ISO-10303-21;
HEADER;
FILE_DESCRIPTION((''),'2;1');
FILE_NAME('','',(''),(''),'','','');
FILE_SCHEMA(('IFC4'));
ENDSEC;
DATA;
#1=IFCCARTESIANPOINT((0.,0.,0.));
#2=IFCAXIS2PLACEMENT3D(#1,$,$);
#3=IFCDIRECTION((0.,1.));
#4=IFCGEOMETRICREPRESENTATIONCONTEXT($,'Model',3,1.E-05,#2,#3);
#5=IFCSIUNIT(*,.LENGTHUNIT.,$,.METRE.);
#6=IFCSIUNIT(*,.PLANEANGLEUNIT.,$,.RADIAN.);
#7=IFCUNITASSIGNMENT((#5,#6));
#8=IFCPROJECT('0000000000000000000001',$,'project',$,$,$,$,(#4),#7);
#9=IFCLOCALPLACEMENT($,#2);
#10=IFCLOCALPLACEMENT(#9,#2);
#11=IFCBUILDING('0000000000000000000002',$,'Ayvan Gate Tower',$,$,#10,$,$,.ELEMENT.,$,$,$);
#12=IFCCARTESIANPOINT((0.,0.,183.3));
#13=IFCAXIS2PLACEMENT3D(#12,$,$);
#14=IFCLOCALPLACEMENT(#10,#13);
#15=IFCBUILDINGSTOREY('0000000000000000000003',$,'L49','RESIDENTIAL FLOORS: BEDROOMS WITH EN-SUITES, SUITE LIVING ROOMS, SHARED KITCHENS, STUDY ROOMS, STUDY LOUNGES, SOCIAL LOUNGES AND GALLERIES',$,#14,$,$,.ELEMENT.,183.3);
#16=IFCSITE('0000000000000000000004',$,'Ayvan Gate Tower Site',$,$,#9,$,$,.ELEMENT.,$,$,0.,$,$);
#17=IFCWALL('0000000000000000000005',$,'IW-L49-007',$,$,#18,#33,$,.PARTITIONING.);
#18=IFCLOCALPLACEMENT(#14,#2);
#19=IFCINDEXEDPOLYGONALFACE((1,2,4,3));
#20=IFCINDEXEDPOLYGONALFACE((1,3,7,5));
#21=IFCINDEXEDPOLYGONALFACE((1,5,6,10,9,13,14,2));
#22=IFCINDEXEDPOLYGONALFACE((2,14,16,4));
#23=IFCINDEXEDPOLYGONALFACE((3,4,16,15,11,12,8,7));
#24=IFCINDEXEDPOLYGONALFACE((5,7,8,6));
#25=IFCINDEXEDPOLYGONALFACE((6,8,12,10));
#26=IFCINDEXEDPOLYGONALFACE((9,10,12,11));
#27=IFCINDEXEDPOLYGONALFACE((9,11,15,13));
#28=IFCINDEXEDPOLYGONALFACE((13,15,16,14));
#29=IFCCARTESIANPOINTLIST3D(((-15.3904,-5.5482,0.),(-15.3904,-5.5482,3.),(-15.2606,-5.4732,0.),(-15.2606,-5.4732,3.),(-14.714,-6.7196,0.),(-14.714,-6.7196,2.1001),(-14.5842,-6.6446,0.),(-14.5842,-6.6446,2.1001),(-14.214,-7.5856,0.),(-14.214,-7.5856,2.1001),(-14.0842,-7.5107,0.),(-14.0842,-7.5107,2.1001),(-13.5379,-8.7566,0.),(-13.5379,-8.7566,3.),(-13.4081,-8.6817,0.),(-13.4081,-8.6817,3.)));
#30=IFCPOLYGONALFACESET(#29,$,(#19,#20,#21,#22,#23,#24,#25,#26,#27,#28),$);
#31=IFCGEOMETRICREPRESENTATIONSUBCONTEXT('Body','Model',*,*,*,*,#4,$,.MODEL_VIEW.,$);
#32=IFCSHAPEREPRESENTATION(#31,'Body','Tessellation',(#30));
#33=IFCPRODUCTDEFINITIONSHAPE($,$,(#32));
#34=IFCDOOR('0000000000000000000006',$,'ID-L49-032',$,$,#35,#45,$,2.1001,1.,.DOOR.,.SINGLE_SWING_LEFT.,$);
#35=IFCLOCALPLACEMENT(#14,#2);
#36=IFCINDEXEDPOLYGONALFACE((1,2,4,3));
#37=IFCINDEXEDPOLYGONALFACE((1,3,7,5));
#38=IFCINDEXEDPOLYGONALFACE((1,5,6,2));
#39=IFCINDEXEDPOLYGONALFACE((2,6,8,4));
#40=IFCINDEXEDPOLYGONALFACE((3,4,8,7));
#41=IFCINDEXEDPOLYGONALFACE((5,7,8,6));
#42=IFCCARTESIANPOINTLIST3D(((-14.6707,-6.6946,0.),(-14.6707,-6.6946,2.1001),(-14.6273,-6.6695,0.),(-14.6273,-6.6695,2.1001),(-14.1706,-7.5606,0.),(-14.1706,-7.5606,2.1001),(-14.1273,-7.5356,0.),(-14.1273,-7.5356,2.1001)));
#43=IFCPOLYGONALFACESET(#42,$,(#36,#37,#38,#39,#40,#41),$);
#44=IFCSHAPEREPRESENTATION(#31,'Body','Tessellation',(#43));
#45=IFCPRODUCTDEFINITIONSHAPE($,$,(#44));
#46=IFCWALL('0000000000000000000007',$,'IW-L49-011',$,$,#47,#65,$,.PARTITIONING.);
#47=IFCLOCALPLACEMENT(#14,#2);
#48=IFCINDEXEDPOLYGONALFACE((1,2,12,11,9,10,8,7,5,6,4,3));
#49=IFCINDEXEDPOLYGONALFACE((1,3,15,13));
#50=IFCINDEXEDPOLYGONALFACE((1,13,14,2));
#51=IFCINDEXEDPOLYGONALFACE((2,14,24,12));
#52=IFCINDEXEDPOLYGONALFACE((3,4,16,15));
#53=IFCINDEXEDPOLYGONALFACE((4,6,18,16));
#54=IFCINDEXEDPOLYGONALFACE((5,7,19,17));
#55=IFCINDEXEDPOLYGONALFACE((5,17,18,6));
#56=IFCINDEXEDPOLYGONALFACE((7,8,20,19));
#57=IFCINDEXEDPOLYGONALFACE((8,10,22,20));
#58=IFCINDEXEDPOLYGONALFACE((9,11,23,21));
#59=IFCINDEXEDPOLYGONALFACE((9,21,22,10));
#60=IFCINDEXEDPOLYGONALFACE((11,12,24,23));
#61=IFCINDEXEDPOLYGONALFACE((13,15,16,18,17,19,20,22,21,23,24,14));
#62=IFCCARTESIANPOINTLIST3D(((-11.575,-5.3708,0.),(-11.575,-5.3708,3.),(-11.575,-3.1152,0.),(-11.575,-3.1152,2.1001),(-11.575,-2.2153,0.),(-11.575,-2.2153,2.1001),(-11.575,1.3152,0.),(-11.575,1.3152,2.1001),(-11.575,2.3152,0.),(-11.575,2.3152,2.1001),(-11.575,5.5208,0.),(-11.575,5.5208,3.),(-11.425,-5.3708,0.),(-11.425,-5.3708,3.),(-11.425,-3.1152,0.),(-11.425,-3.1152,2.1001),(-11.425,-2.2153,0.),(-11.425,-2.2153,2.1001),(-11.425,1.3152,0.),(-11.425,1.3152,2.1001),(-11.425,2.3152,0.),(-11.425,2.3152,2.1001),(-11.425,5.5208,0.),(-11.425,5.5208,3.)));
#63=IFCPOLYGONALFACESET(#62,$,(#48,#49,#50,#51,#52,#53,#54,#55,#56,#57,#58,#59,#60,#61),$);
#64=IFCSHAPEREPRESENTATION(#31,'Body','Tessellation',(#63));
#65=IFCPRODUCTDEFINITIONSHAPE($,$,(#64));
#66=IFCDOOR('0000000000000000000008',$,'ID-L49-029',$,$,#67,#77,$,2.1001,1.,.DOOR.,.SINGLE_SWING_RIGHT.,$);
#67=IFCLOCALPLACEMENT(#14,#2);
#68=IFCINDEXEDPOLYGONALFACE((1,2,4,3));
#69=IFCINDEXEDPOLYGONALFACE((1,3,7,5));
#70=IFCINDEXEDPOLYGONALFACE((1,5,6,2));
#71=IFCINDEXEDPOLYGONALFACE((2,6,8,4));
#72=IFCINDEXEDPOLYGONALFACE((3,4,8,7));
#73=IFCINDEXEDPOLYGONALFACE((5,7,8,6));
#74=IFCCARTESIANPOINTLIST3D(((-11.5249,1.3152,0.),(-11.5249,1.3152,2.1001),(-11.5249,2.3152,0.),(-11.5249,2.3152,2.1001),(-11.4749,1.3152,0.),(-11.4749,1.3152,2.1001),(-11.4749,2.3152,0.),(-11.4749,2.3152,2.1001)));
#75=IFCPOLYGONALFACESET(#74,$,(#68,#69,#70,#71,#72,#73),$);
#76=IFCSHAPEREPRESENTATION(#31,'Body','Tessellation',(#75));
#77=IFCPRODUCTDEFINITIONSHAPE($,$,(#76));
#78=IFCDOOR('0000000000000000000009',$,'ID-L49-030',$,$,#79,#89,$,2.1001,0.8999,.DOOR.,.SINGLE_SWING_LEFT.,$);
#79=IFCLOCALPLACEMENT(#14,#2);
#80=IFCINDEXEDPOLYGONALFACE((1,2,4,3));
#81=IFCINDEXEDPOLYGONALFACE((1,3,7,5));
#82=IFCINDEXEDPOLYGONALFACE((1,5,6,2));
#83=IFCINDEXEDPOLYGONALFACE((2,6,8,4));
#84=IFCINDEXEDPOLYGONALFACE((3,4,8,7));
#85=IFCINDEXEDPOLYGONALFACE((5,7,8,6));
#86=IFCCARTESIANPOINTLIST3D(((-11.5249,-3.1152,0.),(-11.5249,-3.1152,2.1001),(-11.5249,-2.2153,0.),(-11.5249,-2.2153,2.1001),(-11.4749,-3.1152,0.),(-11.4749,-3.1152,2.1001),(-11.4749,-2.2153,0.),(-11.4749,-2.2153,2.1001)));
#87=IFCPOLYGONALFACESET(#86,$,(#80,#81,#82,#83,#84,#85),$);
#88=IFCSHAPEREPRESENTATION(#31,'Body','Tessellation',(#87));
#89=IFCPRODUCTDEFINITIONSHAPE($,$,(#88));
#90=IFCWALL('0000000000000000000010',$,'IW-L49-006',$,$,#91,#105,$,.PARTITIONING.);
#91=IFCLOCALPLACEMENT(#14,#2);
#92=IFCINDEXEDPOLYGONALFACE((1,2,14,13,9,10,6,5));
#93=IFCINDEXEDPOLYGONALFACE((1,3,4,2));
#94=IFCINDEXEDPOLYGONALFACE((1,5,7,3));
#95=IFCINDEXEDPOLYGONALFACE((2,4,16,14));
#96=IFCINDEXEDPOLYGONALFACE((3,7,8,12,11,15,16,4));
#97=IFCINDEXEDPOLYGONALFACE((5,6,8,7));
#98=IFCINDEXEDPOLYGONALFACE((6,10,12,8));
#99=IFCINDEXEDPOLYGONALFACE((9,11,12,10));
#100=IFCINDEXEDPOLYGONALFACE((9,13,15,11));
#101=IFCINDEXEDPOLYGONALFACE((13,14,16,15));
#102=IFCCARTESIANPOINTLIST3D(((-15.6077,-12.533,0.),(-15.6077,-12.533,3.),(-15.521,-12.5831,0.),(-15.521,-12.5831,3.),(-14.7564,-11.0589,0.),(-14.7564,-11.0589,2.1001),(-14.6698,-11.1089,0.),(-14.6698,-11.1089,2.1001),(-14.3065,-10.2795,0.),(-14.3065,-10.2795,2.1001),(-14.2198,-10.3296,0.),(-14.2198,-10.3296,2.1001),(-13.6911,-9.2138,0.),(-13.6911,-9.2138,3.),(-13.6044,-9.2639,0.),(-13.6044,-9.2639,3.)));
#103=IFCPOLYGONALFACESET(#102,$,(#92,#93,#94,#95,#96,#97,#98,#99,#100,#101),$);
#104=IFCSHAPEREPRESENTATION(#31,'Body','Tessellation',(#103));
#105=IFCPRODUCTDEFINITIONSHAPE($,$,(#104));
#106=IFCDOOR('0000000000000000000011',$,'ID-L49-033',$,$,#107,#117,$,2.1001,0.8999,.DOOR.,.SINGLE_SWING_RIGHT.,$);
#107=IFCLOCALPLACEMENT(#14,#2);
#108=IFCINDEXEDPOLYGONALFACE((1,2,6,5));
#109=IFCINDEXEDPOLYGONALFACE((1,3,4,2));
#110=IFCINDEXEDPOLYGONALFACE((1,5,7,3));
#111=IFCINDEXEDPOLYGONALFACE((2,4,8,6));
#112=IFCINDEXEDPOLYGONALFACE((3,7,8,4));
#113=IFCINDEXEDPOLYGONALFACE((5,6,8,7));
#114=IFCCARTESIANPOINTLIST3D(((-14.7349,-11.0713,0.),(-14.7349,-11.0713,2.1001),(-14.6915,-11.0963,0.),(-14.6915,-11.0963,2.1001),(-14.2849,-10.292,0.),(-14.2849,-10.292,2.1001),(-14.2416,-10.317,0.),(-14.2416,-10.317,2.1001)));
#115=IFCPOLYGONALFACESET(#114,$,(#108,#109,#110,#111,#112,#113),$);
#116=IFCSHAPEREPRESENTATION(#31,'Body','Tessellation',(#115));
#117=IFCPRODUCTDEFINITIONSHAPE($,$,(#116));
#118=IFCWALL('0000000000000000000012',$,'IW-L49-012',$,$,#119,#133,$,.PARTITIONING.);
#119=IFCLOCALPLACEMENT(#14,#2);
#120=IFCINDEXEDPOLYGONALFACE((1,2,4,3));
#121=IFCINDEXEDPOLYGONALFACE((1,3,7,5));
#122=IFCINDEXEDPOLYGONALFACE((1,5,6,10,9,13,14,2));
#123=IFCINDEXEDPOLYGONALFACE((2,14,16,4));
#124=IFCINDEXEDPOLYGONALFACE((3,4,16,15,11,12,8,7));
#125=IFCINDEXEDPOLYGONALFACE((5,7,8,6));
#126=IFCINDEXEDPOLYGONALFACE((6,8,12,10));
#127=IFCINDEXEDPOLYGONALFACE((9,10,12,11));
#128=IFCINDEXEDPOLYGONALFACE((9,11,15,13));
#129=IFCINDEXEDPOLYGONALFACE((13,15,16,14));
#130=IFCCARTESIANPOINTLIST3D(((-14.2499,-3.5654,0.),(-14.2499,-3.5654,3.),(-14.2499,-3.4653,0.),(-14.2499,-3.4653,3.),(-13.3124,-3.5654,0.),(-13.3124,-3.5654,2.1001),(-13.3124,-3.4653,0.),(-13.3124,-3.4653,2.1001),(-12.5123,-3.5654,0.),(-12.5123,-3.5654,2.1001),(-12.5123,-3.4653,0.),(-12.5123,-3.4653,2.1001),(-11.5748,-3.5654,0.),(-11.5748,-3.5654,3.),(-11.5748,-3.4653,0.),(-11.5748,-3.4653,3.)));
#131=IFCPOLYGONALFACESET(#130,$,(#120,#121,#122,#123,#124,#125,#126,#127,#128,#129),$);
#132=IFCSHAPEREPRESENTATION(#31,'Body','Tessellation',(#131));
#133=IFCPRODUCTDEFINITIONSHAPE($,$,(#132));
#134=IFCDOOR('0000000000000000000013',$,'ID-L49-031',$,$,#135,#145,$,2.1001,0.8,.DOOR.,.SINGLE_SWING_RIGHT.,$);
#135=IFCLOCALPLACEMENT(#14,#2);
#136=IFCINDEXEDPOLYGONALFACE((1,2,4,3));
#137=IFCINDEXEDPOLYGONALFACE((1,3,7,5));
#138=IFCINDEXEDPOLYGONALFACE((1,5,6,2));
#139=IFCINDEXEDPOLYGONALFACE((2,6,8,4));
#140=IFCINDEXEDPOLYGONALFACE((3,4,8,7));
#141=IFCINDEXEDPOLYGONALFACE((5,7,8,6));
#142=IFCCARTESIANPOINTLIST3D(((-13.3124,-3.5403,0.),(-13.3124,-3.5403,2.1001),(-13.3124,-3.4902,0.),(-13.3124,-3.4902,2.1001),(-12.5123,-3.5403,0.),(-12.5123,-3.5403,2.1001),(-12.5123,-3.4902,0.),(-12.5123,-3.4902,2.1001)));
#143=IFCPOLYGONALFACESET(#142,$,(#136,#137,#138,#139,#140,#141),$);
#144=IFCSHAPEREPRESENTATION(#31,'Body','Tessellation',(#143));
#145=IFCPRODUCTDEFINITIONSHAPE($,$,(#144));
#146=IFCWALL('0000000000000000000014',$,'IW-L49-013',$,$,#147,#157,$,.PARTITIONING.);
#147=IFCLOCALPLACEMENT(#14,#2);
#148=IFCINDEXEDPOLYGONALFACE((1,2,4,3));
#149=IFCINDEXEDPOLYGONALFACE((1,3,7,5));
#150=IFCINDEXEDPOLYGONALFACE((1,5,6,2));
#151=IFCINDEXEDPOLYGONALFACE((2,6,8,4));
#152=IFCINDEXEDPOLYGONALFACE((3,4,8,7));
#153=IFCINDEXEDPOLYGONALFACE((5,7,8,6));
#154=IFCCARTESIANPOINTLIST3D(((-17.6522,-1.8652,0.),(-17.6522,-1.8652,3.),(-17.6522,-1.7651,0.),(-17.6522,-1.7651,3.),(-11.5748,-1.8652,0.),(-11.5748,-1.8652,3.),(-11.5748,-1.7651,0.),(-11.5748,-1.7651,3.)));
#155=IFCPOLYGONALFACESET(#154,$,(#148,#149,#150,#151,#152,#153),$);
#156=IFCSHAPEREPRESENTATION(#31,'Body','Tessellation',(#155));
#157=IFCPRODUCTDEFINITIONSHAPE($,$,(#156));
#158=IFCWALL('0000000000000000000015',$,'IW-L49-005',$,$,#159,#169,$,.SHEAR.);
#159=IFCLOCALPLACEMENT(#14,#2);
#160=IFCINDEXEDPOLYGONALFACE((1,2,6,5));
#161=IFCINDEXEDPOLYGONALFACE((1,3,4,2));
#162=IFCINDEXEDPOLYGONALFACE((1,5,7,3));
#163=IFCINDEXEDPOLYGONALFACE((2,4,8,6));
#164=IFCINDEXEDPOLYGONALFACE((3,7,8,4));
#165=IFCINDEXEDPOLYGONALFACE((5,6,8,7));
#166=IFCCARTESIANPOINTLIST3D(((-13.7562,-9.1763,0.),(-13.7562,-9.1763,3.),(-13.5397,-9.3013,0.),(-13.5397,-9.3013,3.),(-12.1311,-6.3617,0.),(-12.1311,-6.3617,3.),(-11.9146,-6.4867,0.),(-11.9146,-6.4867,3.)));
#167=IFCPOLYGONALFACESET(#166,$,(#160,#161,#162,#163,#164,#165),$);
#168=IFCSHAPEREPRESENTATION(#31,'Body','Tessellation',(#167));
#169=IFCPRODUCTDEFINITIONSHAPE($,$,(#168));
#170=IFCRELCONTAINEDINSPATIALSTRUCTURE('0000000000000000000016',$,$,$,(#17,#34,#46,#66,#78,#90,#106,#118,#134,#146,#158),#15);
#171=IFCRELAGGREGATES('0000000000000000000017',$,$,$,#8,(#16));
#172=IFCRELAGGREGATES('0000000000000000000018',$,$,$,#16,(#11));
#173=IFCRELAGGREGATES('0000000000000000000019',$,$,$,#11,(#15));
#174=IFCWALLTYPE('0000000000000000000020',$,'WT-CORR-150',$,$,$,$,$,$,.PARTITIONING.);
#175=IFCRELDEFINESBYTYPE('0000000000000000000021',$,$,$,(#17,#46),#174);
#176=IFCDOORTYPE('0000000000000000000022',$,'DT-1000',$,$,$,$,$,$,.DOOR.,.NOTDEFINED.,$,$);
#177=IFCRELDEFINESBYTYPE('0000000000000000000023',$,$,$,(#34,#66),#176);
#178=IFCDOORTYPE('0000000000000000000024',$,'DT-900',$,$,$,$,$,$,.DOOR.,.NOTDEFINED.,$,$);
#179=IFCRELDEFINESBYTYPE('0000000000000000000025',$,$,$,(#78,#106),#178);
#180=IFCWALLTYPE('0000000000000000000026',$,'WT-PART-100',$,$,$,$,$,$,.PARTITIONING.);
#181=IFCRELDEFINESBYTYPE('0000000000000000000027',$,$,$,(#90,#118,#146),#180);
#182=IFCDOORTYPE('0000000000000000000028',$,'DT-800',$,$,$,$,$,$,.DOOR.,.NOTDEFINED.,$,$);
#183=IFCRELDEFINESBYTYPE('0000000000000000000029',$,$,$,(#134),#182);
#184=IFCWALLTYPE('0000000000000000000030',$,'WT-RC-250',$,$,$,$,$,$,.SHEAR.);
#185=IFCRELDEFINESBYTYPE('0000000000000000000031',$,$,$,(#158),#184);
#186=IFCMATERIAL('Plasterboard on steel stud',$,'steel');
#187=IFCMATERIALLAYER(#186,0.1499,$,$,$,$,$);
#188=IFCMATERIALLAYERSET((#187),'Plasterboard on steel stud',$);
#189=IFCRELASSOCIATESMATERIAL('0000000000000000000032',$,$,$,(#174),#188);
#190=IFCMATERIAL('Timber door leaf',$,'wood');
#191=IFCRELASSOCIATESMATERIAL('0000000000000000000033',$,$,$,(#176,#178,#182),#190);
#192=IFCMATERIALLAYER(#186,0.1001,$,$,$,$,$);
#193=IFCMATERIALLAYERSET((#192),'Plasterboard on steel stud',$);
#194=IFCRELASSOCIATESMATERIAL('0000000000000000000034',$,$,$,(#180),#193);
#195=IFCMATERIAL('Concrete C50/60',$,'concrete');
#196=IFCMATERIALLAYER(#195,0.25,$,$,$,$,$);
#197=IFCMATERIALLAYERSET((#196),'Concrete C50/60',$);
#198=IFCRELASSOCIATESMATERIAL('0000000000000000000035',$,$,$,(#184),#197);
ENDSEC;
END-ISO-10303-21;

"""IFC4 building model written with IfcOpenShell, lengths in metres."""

from ifc_helpers import new_model, si_unit, direction, frame, frame_2d, origin, place, context, subcontext, project, spatial, rectangle, extrude, material, layer, layer_set, type_object, element, fill, save


model = new_model("IFC4")

# Units and contexts
model_context = context("Model", 3, precision=1e-05, world=origin(), true_north=direction((0.0, 1.0)))
body_context = subcontext(model_context, "Body", "Model", "MODEL_VIEW")
ifc_project = project(units=[si_unit("LENGTHUNIT", "METRE"), si_unit("PLANEANGLEUNIT", "RADIAN")], contexts=[model_context])

# Site, building, storey
site_placement = place(None, origin())
site = spatial("IfcSite", under=ifc_project, at=site_placement, Name="Ayvan Gate Tower Site", CompositionType="ELEMENT", RefElevation=0.0)
building_placement = place(site_placement, origin())
building = spatial("IfcBuilding", under=site, at=building_placement, Name="Ayvan Gate Tower", CompositionType="ELEMENT")
storey_placement = place(building_placement, frame((0.0, 0.0, 183.3)))
storey = spatial("IfcBuildingStorey", under=building, at=storey_placement, Name="L49", Description="RESIDENTIAL FLOORS: BEDROOMS WITH EN-SUITES, SUITE LIVING ROOMS, SHARED KITCHENS, STUDY ROOMS, STUDY LOUNGES, SOCIAL LOUNGES AND GALLERIES", CompositionType="ELEMENT", Elevation=183.3)

# Wall, opening, door
ifc_material_1 = material(Name="Plasterboard on steel stud", Category="steel")
ifc_layer_1 = layer(ifc_material_1, 0.1499)
ifc_layer_set_1 = layer_set([ifc_layer_1], Name="Plasterboard on steel stud")
wall_type_1 = type_object("IfcWallType", Name="WT-CORR-150", PredefinedType="PARTITIONING", material=ifc_layer_set_1)
wall_1_placement = place(storey_placement, frame((-13.4729, -8.7192, 0.0), z_axis=(0.0, 0.0, 1.0), x_axis=(-0.500023, 0.866012, 0.0)))
wall_1 = element("IfcWall", 1, at=wall_1_placement, inside=storey, type_object=wall_type_1, Name="IW-L49-007", PredefinedType="PARTITIONING", context=body_context, shape_type="SweptSolid", body=[
    extrude(rectangle(XDim=3.7048, YDim=0.1499, at=frame_2d((1.8525, 0.0))), origin(), (0.0, 0.0, 1.0), 3.0),
])
opening_1_placement = place(wall_1_placement, frame((1.3523, 0.0, 0.0)))
opening_1 = element("IfcOpeningElement", 2, at=opening_1_placement, cuts=wall_1, PredefinedType="OPENING", context=body_context, shape_type="SweptSolid", body=[
    extrude(rectangle(XDim=1.0, YDim=2.1001, at=frame_2d((0.5, 1.05))), frame((0.0, 0.085, 0.0), z_axis=(0.0, -1.0, 0.0), x_axis=(1.0, 0.0, 0.0)), (0.0, 0.0, 1.0), 0.1699),
])
ifc_material_2 = material(Name="Timber door leaf", Category="wood")
door_type_1 = type_object("IfcDoorType", Name="DT-1000", OperationType="NOTDEFINED", PredefinedType="DOOR", material=ifc_material_2)
door_1_placement = place(opening_1_placement, origin())
door_1 = element("IfcDoor", 3, at=door_1_placement, inside=storey, type_object=door_type_1, Name="ID-L49-032", OperationType="SINGLE_SWING_LEFT", OverallHeight=2.1001, OverallWidth=1.0, PredefinedType="DOOR", context=body_context, shape_type="SweptSolid", body=[
    extrude(rectangle(XDim=1.0, YDim=2.1001, at=frame_2d((0.5, 1.05))), frame((0.0, 0.0249, 0.0), z_axis=(0.0, -1.0, 0.0), x_axis=(1.0, 0.0, 0.0)), (0.0, 0.0, 1.0), 0.05),
])
fill(opening_1, door_1)

# Wall, openings, doors
wall_2_placement = place(storey_placement, frame((-11.5, -5.3708, 0.0), z_axis=(0.0, 0.0, 1.0), x_axis=(0.0, 1.0, 0.0)))
wall_2 = element("IfcWall", 4, at=wall_2_placement, inside=storey, type_object=wall_type_1, Name="IW-L49-011", PredefinedType="PARTITIONING", context=body_context, shape_type="SweptSolid", body=[
    extrude(rectangle(XDim=10.8916, YDim=0.1499, at=frame_2d((5.4458, 0.0))), origin(), (0.0, 0.0, 1.0), 3.0),
])
opening_2_placement = place(wall_2_placement, frame((6.686, 0.0, 0.0)))
opening_2 = element("IfcOpeningElement", 5, at=opening_2_placement, cuts=wall_2, PredefinedType="OPENING", context=body_context, shape_type="SweptSolid", body=[
    extrude(rectangle(XDim=1.0, YDim=2.1001, at=frame_2d((0.5, 1.05))), frame((0.0, 0.085, 0.0), z_axis=(0.0, -1.0, 0.0), x_axis=(1.0, 0.0, 0.0)), (0.0, 0.0, 1.0), 0.1699),
])
opening_3_placement = place(wall_2_placement, frame((2.2556, 0.0, 0.0)))
opening_3 = element("IfcOpeningElement", 6, at=opening_3_placement, cuts=wall_2, PredefinedType="OPENING", context=body_context, shape_type="SweptSolid", body=[
    extrude(rectangle(XDim=0.8999, YDim=2.1001, at=frame_2d((0.45, 1.05))), frame((0.0, 0.085, 0.0), z_axis=(0.0, -1.0, 0.0), x_axis=(1.0, 0.0, 0.0)), (0.0, 0.0, 1.0), 0.1699),
])
door_2_placement = place(opening_2_placement, origin())
door_2 = element("IfcDoor", 7, at=door_2_placement, inside=storey, type_object=door_type_1, Name="ID-L49-029", OperationType="SINGLE_SWING_RIGHT", OverallHeight=2.1001, OverallWidth=1.0, PredefinedType="DOOR", context=body_context, shape_type="SweptSolid", body=[
    extrude(rectangle(XDim=1.0, YDim=2.1001, at=frame_2d((0.5, 1.05))), frame((0.0, 0.0249, 0.0), z_axis=(0.0, -1.0, 0.0), x_axis=(1.0, 0.0, 0.0)), (0.0, 0.0, 1.0), 0.05),
])
fill(opening_2, door_2)
door_type_2 = type_object("IfcDoorType", Name="DT-900", OperationType="NOTDEFINED", PredefinedType="DOOR", material=ifc_material_2)
door_3_placement = place(opening_3_placement, origin())
door_3 = element("IfcDoor", 8, at=door_3_placement, inside=storey, type_object=door_type_2, Name="ID-L49-030", OperationType="SINGLE_SWING_LEFT", OverallHeight=2.1001, OverallWidth=0.8999, PredefinedType="DOOR", context=body_context, shape_type="SweptSolid", body=[
    extrude(rectangle(XDim=0.8999, YDim=2.1001, at=frame_2d((0.45, 1.05))), frame((0.0, 0.0249, 0.0), z_axis=(0.0, -1.0, 0.0), x_axis=(1.0, 0.0, 0.0)), (0.0, 0.0, 1.0), 0.05),
])
fill(opening_3, door_3)

# Walls, openings, doors
ifc_layer_2 = layer(ifc_material_1, 0.1001)
ifc_layer_set_2 = layer_set([ifc_layer_2], Name="Plasterboard on steel stud")
wall_type_2 = type_object("IfcWallType", Name="WT-PART-100", PredefinedType="PARTITIONING", material=ifc_layer_set_2)
wall_3_placement = place(storey_placement, frame((-13.6477, -9.2388, 0.0), z_axis=(0.0, 0.0, 1.0), x_axis=(-0.500044, -0.866, 0.0)))
wall_3 = element("IfcWall", 9, at=wall_3_placement, inside=storey, type_object=wall_type_2, Name="IW-L49-006", PredefinedType="PARTITIONING", context=body_context, shape_type="SweptSolid", body=[
    extrude(rectangle(XDim=3.8328, YDim=0.1001, at=frame_2d((1.9165, 0.0))), origin(), (0.0, 0.0, 1.0), 3.0),
])
opening_4_placement = place(wall_3_placement, frame((1.2307, 0.0, 0.0)))
opening_4 = element("IfcOpeningElement", 10, at=opening_4_placement, cuts=wall_3, PredefinedType="OPENING", context=body_context, shape_type="SweptSolid", body=[
    extrude(rectangle(XDim=0.8999, YDim=2.1001, at=frame_2d((0.45, 1.05))), frame((0.0, 0.0601, 0.0), z_axis=(0.0, -1.0, 0.0), x_axis=(1.0, 0.0, 0.0)), (0.0, 0.0, 1.0), 0.1201),
])
door_4_placement = place(opening_4_placement, origin())
door_4 = element("IfcDoor", 11, at=door_4_placement, inside=storey, type_object=door_type_2, Name="ID-L49-033", OperationType="SINGLE_SWING_RIGHT", OverallHeight=2.1001, OverallWidth=0.8999, PredefinedType="DOOR", context=body_context, shape_type="SweptSolid", body=[
    extrude(rectangle(XDim=0.8999, YDim=2.1001, at=frame_2d((0.45, 1.05))), frame((0.0, 0.0249, 0.0), z_axis=(0.0, -1.0, 0.0), x_axis=(1.0, 0.0, 0.0)), (0.0, 0.0, 1.0), 0.05),
])
fill(opening_4, door_4)
wall_4_placement = place(storey_placement, frame((-11.575, -3.5154, 0.0), z_axis=(0.0, 0.0, 1.0), x_axis=(-1.0, 0.0, 0.0)))
wall_4 = element("IfcWall", 12, at=wall_4_placement, inside=storey, type_object=wall_type_2, Name="IW-L49-012", PredefinedType="PARTITIONING", context=body_context, shape_type="SweptSolid", body=[
    extrude(rectangle(XDim=2.675, YDim=0.1001, at=frame_2d((1.3374, 0.0))), origin(), (0.0, 0.0, 1.0), 3.0),
])
opening_5_placement = place(wall_4_placement, frame((0.9375, 0.0, 0.0)))
opening_5 = element("IfcOpeningElement", 13, at=opening_5_placement, cuts=wall_4, PredefinedType="OPENING", context=body_context, shape_type="SweptSolid", body=[
    extrude(rectangle(XDim=0.8, YDim=2.1001, at=frame_2d((0.3999, 1.05))), frame((0.0, 0.0601, 0.0), z_axis=(0.0, -1.0, 0.0), x_axis=(1.0, 0.0, 0.0)), (0.0, 0.0, 1.0), 0.1201),
])
door_type_3 = type_object("IfcDoorType", Name="DT-800", OperationType="NOTDEFINED", PredefinedType="DOOR", material=ifc_material_2)
door_5_placement = place(opening_5_placement, origin())
door_5 = element("IfcDoor", 14, at=door_5_placement, inside=storey, type_object=door_type_3, Name="ID-L49-031", OperationType="SINGLE_SWING_RIGHT", OverallHeight=2.1001, OverallWidth=0.8, PredefinedType="DOOR", context=body_context, shape_type="SweptSolid", body=[
    extrude(rectangle(XDim=0.8, YDim=2.1001, at=frame_2d((0.3999, 1.05))), frame((0.0, 0.0249, 0.0), z_axis=(0.0, -1.0, 0.0), x_axis=(1.0, 0.0, 0.0)), (0.0, 0.0, 1.0), 0.05),
])
fill(opening_5, door_5)

# Walls
wall_5_placement = place(storey_placement, frame((-11.575, -1.8152, 0.0), z_axis=(0.0, 0.0, 1.0), x_axis=(-1.0, 0.0, 0.0)))
element("IfcWall", 15, at=wall_5_placement, inside=storey, type_object=wall_type_2, Name="IW-L49-013", PredefinedType="PARTITIONING", context=body_context, shape_type="SweptSolid", body=[
    extrude(rectangle(XDim=6.0774, YDim=0.1001, at=frame_2d((3.0386, 0.0))), origin(), (0.0, 0.0, 1.0), 3.0),
])
ifc_material_3 = material(Name="Concrete C50/60", Category="concrete")
ifc_layer_3 = layer(ifc_material_3, 0.25)
ifc_layer_set_3 = layer_set([ifc_layer_3], Name="Concrete C50/60")
wall_type_3 = type_object("IfcWallType", Name="WT-RC-250", PredefinedType="SHEAR", material=ifc_layer_set_3)
wall_6_placement = place(storey_placement, frame((-13.6479, -9.2388, 0.0), z_axis=(0.0, 0.0, 1.0), x_axis=(0.500017, 0.866015, 0.0)))
element("IfcWall", 16, at=wall_6_placement, inside=storey, type_object=wall_type_3, Name="IW-L49-005", PredefinedType="SHEAR", context=body_context, shape_type="SweptSolid", body=[
    extrude(rectangle(XDim=3.25, YDim=0.25, at=frame_2d((1.625, 0.0))), origin(), (0.0, 0.0, 1.0), 3.0),
])

save(model, "model.ifc")
